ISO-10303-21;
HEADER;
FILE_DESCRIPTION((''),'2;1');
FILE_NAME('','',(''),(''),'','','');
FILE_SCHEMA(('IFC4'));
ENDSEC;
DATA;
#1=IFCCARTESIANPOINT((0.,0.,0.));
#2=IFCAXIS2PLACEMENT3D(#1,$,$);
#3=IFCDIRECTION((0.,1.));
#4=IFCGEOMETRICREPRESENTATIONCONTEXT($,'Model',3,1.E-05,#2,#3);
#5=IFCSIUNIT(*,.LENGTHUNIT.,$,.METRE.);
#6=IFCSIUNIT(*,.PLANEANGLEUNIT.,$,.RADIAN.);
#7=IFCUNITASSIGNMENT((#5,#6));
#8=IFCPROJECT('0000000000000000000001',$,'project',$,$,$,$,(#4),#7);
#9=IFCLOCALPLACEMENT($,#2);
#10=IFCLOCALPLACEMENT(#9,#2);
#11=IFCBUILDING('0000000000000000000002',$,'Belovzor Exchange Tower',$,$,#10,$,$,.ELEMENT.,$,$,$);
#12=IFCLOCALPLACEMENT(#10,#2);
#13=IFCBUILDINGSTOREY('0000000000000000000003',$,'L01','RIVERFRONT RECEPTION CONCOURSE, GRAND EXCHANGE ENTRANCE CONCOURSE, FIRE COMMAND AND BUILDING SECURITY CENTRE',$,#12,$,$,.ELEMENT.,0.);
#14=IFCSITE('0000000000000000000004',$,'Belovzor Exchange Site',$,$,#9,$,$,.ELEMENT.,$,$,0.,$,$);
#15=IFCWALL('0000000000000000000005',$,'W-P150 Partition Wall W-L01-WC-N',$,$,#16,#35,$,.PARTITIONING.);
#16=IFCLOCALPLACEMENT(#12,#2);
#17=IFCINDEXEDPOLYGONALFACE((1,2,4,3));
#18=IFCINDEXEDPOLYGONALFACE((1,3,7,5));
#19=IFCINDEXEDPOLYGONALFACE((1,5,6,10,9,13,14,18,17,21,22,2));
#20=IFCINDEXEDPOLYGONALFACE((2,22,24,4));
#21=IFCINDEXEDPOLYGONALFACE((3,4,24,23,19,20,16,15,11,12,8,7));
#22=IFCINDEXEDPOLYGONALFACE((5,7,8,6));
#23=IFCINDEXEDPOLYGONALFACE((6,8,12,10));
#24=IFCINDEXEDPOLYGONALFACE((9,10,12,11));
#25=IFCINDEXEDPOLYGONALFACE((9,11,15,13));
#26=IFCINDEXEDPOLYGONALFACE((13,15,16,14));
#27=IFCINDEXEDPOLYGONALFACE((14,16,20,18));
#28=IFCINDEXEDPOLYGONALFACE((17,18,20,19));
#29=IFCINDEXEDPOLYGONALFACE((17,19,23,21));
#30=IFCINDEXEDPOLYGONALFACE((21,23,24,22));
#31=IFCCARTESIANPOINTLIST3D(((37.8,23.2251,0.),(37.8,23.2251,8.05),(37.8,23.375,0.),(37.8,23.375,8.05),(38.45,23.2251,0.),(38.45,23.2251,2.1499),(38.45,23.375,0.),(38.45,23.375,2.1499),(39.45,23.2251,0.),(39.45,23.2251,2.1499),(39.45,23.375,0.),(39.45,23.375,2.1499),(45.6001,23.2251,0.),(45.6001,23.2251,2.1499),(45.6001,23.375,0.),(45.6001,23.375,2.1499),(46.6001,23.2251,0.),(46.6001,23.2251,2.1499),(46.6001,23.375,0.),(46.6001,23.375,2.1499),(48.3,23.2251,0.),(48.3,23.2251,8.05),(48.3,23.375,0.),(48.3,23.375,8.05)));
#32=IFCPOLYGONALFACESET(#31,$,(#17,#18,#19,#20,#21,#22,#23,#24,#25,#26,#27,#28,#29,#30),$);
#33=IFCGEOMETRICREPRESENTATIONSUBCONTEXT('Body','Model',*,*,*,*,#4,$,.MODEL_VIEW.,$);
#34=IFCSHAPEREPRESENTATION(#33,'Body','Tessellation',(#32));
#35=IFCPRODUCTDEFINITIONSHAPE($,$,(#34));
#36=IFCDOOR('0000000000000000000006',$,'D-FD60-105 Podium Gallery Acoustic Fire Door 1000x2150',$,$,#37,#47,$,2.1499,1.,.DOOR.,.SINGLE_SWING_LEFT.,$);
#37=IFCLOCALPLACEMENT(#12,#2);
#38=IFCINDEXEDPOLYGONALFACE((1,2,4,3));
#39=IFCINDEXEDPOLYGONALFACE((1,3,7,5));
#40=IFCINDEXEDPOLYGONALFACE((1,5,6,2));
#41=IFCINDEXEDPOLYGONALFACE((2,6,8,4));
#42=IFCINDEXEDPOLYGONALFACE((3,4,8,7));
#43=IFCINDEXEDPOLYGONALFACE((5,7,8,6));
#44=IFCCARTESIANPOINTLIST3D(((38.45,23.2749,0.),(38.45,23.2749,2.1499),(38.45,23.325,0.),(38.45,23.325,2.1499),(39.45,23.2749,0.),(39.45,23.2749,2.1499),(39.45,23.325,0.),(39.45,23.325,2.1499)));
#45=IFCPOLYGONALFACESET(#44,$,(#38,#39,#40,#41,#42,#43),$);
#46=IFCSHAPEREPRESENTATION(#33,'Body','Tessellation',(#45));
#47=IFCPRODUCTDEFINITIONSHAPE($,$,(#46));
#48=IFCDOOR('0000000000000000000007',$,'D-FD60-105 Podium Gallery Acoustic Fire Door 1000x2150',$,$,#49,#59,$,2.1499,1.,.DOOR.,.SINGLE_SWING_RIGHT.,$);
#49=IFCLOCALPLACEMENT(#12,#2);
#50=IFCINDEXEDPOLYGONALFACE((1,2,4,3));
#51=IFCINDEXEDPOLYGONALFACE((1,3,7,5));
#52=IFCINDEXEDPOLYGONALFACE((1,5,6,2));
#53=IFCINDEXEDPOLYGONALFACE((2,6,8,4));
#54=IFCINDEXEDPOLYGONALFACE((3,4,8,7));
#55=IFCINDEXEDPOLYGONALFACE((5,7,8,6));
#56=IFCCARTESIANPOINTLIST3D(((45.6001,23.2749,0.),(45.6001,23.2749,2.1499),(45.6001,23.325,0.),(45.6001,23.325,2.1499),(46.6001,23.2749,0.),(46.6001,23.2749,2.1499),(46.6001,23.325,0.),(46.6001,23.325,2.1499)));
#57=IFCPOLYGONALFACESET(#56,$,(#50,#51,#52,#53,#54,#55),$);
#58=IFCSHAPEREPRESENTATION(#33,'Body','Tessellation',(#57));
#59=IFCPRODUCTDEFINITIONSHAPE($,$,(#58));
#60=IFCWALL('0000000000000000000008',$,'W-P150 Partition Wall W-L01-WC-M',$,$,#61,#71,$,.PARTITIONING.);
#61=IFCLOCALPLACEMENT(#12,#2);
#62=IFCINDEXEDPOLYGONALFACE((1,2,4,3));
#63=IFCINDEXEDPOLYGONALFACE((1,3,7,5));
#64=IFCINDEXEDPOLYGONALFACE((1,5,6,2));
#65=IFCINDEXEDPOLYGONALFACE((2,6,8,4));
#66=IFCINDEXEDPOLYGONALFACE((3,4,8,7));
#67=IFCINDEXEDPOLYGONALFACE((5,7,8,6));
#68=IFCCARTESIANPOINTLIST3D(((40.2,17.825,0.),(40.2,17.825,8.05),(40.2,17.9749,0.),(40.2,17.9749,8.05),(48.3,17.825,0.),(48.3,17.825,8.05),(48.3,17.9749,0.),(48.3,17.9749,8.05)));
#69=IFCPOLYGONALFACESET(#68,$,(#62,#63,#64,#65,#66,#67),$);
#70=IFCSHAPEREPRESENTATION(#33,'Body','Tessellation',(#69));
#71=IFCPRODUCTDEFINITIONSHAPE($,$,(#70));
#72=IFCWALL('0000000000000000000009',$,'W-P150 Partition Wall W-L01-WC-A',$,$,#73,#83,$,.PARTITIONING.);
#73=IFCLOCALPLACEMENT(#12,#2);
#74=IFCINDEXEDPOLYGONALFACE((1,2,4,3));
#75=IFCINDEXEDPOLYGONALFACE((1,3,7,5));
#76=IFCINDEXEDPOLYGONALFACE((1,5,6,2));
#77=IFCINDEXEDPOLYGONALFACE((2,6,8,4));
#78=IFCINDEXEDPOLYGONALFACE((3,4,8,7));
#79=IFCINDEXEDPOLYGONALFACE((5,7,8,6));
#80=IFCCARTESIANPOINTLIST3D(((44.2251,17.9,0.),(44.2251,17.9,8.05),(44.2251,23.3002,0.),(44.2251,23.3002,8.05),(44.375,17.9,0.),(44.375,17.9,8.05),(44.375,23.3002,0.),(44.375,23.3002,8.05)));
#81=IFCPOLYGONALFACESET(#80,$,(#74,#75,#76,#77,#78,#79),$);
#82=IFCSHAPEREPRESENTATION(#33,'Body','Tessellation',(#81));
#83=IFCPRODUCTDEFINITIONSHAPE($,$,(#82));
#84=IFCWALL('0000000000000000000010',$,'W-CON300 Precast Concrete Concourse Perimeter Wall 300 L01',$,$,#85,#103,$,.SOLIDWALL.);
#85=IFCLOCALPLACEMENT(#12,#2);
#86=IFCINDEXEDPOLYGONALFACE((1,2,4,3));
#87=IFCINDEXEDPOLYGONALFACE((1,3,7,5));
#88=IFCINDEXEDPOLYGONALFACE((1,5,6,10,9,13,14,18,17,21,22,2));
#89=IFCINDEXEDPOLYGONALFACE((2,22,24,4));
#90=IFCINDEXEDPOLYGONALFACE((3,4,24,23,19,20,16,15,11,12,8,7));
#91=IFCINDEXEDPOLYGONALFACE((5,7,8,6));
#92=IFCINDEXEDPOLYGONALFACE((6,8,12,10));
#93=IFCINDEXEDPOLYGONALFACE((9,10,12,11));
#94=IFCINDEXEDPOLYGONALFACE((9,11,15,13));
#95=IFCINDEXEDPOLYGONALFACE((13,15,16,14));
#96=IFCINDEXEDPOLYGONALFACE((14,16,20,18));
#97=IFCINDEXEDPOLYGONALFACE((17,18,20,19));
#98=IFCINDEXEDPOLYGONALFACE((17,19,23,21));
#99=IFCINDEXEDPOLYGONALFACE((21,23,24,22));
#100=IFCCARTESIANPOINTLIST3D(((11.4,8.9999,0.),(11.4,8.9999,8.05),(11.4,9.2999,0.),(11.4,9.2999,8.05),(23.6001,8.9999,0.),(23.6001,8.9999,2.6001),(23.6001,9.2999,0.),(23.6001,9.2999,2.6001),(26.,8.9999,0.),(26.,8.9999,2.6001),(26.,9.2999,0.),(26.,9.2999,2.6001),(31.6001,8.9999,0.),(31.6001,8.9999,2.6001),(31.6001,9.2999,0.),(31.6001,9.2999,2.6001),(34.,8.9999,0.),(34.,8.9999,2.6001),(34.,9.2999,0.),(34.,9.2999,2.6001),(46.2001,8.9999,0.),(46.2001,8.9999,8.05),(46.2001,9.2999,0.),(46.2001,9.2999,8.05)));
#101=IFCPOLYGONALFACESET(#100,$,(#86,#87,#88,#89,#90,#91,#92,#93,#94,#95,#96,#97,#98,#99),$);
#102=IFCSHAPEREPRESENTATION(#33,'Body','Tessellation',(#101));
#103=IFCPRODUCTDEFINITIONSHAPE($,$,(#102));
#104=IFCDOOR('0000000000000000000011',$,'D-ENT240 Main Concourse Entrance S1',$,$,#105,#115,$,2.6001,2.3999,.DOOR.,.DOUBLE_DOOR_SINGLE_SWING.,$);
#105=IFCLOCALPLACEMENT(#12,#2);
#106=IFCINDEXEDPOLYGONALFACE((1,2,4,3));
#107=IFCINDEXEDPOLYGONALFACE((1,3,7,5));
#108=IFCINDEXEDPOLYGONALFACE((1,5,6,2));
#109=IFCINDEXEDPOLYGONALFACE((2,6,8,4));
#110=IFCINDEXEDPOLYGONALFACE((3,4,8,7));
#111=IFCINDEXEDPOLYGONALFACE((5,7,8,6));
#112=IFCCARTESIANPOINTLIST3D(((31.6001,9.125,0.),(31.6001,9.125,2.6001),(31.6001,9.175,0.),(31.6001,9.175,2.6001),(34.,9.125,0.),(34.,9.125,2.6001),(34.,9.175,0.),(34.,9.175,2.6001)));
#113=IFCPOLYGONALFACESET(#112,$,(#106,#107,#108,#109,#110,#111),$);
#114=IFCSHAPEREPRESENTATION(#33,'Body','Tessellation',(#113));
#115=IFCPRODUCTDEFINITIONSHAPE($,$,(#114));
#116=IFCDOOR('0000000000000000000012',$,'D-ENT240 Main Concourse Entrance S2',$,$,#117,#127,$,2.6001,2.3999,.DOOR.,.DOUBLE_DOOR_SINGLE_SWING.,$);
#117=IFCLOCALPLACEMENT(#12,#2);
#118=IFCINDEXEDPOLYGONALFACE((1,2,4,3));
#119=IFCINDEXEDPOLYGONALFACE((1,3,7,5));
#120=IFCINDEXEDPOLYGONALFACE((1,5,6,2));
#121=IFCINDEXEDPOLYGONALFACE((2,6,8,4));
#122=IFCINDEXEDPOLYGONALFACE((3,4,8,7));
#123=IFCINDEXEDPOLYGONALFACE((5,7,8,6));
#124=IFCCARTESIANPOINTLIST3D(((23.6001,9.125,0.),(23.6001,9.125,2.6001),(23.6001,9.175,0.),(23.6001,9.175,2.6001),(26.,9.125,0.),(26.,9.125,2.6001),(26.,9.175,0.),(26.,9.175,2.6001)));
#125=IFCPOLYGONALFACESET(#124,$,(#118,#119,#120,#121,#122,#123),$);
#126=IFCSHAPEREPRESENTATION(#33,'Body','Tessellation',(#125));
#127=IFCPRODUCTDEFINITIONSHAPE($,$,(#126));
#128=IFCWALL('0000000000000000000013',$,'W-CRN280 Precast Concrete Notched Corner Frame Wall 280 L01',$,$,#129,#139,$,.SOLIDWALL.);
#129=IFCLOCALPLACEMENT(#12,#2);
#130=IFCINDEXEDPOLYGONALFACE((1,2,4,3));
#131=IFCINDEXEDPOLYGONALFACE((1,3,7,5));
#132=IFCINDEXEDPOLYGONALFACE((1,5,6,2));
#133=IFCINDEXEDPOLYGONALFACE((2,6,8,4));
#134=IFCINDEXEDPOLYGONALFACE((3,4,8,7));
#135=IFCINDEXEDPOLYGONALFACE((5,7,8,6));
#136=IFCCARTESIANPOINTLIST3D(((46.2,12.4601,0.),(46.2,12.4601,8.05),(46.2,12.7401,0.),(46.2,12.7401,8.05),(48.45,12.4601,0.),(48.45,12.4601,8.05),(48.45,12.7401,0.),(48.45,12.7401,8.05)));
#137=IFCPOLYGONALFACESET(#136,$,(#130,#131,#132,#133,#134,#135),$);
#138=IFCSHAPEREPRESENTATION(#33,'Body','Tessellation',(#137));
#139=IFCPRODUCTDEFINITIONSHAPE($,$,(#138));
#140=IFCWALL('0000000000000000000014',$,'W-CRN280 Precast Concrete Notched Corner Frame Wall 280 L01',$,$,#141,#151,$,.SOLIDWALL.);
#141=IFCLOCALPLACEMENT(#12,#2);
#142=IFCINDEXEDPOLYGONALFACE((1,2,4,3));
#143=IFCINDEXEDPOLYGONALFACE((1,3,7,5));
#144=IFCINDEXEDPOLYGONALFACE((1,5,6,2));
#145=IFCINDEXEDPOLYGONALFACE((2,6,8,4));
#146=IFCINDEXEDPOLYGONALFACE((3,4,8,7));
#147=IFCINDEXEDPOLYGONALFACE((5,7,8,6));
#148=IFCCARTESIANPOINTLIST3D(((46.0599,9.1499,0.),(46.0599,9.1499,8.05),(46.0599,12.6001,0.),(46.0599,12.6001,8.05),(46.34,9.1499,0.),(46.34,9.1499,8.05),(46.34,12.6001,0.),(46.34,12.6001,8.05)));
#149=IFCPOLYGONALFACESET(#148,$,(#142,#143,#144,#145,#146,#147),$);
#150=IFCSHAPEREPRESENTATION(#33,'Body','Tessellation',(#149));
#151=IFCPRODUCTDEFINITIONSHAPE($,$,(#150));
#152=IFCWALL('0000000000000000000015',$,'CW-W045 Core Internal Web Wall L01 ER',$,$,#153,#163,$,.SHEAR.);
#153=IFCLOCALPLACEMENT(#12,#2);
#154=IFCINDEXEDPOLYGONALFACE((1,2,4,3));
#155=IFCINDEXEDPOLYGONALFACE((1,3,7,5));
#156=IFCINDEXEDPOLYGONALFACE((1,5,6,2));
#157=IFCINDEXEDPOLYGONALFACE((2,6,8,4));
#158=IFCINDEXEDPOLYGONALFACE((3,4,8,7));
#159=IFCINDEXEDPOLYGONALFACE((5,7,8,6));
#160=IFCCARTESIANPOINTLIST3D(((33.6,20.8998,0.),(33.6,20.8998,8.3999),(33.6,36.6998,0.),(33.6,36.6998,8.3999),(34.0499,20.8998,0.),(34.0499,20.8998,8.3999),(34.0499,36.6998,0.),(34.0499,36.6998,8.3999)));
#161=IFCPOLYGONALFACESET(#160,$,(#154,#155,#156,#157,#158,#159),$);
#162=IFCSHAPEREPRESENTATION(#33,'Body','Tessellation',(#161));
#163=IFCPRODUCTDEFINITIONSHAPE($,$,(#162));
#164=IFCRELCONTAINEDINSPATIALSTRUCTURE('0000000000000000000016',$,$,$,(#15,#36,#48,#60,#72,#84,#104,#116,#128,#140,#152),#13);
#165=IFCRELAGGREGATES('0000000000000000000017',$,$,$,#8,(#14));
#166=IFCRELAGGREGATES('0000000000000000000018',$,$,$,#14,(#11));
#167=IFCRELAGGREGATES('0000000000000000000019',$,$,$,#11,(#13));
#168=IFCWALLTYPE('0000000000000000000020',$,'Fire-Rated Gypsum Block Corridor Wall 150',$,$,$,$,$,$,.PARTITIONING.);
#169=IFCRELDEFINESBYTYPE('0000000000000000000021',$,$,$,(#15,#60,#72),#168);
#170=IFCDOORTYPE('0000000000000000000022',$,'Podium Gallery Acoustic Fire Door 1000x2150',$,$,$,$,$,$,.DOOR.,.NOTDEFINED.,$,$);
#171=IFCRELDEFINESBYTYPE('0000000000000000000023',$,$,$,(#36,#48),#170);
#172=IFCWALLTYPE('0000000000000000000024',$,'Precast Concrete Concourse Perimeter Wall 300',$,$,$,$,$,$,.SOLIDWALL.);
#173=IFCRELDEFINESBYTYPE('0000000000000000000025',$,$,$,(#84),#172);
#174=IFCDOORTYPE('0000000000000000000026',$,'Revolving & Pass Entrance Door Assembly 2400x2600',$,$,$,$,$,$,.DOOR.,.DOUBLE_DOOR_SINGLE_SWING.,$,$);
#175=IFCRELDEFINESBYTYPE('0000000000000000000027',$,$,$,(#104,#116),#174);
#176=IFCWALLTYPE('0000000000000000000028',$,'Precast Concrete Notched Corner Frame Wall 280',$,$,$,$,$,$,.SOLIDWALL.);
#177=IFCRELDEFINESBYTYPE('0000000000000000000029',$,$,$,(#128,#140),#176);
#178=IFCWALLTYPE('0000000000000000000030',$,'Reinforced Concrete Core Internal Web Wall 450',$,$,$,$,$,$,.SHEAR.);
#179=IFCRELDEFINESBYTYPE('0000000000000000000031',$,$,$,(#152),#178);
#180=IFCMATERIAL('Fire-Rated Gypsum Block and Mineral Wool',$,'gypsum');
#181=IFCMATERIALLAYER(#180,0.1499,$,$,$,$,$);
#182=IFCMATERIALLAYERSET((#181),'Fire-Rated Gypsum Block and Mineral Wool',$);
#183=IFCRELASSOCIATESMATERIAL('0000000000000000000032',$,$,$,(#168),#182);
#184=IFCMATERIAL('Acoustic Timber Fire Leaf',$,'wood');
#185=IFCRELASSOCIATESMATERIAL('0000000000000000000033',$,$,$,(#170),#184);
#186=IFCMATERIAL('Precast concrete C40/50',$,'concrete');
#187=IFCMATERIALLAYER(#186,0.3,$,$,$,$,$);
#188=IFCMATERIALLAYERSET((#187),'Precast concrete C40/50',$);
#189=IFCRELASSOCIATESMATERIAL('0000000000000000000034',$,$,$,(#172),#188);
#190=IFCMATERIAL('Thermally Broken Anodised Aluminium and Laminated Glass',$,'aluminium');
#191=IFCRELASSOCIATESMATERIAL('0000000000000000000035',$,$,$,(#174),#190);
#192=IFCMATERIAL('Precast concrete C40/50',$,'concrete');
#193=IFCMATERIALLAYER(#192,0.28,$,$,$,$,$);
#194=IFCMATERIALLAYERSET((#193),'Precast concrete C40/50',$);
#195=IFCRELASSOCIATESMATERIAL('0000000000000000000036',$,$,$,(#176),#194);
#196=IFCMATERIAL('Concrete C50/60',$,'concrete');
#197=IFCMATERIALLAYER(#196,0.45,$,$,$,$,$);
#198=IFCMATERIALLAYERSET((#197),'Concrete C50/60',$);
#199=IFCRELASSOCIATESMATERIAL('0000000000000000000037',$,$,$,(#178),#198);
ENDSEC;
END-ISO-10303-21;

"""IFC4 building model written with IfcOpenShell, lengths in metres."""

from ifc_helpers import new_model, si_unit, direction, frame, frame_2d, origin, place, context, subcontext, project, spatial, rectangle, extrude, material, layer, layer_set, type_object, element, fill, save


model = new_model("IFC4")

# Units and contexts
model_context = context("Model", 3, precision=1e-05, world=origin(), true_north=direction((0.0, 1.0)))
body_context = subcontext(model_context, "Body", "Model", "MODEL_VIEW")
ifc_project = project(units=[si_unit("LENGTHUNIT", "METRE"), si_unit("PLANEANGLEUNIT", "RADIAN")], contexts=[model_context])

# Site, building, storey
site_placement = place(None, origin())
site = spatial("IfcSite", under=ifc_project, at=site_placement, Name="Belovzor Exchange Site", CompositionType="ELEMENT", RefElevation=0.0)
building_placement = place(site_placement, origin())
building = spatial("IfcBuilding", under=site, at=building_placement, Name="Belovzor Exchange Tower", CompositionType="ELEMENT")
storey_placement = place(building_placement, origin())
storey = spatial("IfcBuildingStorey", under=building, at=storey_placement, Name="L01", Description="RIVERFRONT RECEPTION CONCOURSE, GRAND EXCHANGE ENTRANCE CONCOURSE, FIRE COMMAND AND BUILDING SECURITY CENTRE", CompositionType="ELEMENT", Elevation=0.0)

# Wall, openings, doors
ifc_material_1 = material(Name="Fire-Rated Gypsum Block and Mineral Wool", Category="gypsum")
ifc_layer_1 = layer(ifc_material_1, 0.1499)
ifc_layer_set_1 = layer_set([ifc_layer_1], Name="Fire-Rated Gypsum Block and Mineral Wool")
wall_type_1 = type_object("IfcWallType", Name="Fire-Rated Gypsum Block Corridor Wall 150", PredefinedType="PARTITIONING", material=ifc_layer_set_1)
wall_1_placement = place(storey_placement, frame((37.8, 23.3, 0.0), z_axis=(0.0, 0.0, 1.0), x_axis=(1.0, 0.0, 0.0)))
wall_1 = element("IfcWall", 1, at=wall_1_placement, inside=storey, type_object=wall_type_1, Name="W-P150 Partition Wall W-L01-WC-N", PredefinedType="PARTITIONING", context=body_context, shape_type="SweptSolid", body=[
    extrude(rectangle(XDim=10.5, YDim=0.1499, at=frame_2d((5.25, 0.0))), origin(), (0.0, 0.0, 1.0), 8.05),
])
opening_1_placement = place(wall_1_placement, frame((0.6499, 0.0, 0.0)))
opening_1 = element("IfcOpeningElement", 2, at=opening_1_placement, cuts=wall_1, PredefinedType="OPENING", context=body_context, shape_type="SweptSolid", body=[
    extrude(rectangle(XDim=1.0, YDim=2.1499, at=frame_2d((0.5, 1.075))), frame((0.0, 0.085, 0.0), z_axis=(0.0, -1.0, 0.0), x_axis=(1.0, 0.0, 0.0)), (0.0, 0.0, 1.0), 0.1699),
])
opening_2_placement = place(wall_1_placement, frame((7.8, 0.0, 0.0)))
opening_2 = element("IfcOpeningElement", 3, at=opening_2_placement, cuts=wall_1, PredefinedType="OPENING", context=body_context, shape_type="SweptSolid", body=[
    extrude(rectangle(XDim=1.0, YDim=2.1499, at=frame_2d((0.5, 1.075))), frame((0.0, 0.085, 0.0), z_axis=(0.0, -1.0, 0.0), x_axis=(1.0, 0.0, 0.0)), (0.0, 0.0, 1.0), 0.1699),
])
ifc_material_2 = material(Name="Acoustic Timber Fire Leaf", Category="wood")
door_type_1 = type_object("IfcDoorType", Name="Podium Gallery Acoustic Fire Door 1000x2150", OperationType="NOTDEFINED", PredefinedType="DOOR", material=ifc_material_2)
door_1_placement = place(opening_1_placement, origin())
door_1 = element("IfcDoor", 4, at=door_1_placement, inside=storey, type_object=door_type_1, Name="D-FD60-105 Podium Gallery Acoustic Fire Door 1000x2150", OperationType="SINGLE_SWING_LEFT", OverallHeight=2.1499, OverallWidth=1.0, PredefinedType="DOOR", context=body_context, shape_type="SweptSolid", body=[
    extrude(rectangle(XDim=1.0, YDim=2.1499, at=frame_2d((0.5, 1.075))), frame((0.0, 0.0249, 0.0), z_axis=(0.0, -1.0, 0.0), x_axis=(1.0, 0.0, 0.0)), (0.0, 0.0, 1.0), 0.05),
])
fill(opening_1, door_1)
door_2_placement = place(opening_2_placement, origin())
door_2 = element("IfcDoor", 5, at=door_2_placement, inside=storey, type_object=door_type_1, Name="D-FD60-105 Podium Gallery Acoustic Fire Door 1000x2150", OperationType="SINGLE_SWING_RIGHT", OverallHeight=2.1499, OverallWidth=1.0, PredefinedType="DOOR", context=body_context, shape_type="SweptSolid", body=[
    extrude(rectangle(XDim=1.0, YDim=2.1499, at=frame_2d((0.5, 1.075))), frame((0.0, 0.0249, 0.0), z_axis=(0.0, -1.0, 0.0), x_axis=(1.0, 0.0, 0.0)), (0.0, 0.0, 1.0), 0.05),
])
fill(opening_2, door_2)

# Walls
wall_2_placement = place(storey_placement, frame((40.2, 17.8999, 0.0), z_axis=(0.0, 0.0, 1.0), x_axis=(1.0, 0.0, 0.0)))
element("IfcWall", 6, at=wall_2_placement, inside=storey, type_object=wall_type_1, Name="W-P150 Partition Wall W-L01-WC-M", PredefinedType="PARTITIONING", context=body_context, shape_type="SweptSolid", body=[
    extrude(rectangle(XDim=8.1001, YDim=0.1499, at=frame_2d((4.05, 0.0))), origin(), (0.0, 0.0, 1.0), 8.05),
])
wall_3_placement = place(storey_placement, frame((44.3, 17.8999, 0.0), z_axis=(0.0, 0.0, 1.0), x_axis=(0.0, 1.0, 0.0)))
element("IfcWall", 7, at=wall_3_placement, inside=storey, type_object=wall_type_1, Name="W-P150 Partition Wall W-L01-WC-A", PredefinedType="PARTITIONING", context=body_context, shape_type="SweptSolid", body=[
    extrude(rectangle(XDim=5.4001, YDim=0.1499, at=frame_2d((2.7002, 0.0))), origin(), (0.0, 0.0, 1.0), 8.05),
])

# Wall, openings, doors
ifc_material_3 = material(Name="Precast concrete C40/50", Category="concrete")
ifc_layer_2 = layer(ifc_material_3, 0.3)
ifc_layer_set_2 = layer_set([ifc_layer_2], Name="Precast concrete C40/50")
wall_type_2 = type_object("IfcWallType", Name="Precast Concrete Concourse Perimeter Wall 300", PredefinedType="SOLIDWALL", material=ifc_layer_set_2)
wall_4_placement = place(storey_placement, frame((46.2, 9.1499, 0.0), z_axis=(0.0, 0.0, 1.0), x_axis=(-1.0, 0.0, 0.0)))
wall_4 = element("IfcWall", 8, at=wall_4_placement, inside=storey, type_object=wall_type_2, Name="W-CON300 Precast Concrete Concourse Perimeter Wall 300 L01", PredefinedType="SOLIDWALL", context=body_context, shape_type="SweptSolid", body=[
    extrude(rectangle(XDim=34.8, YDim=0.3, at=frame_2d((17.3999, 0.0))), origin(), (0.0, 0.0, 1.0), 8.05),
])
opening_3_placement = place(wall_4_placement, frame((12.2, 0.0, 0.0)))
opening_3 = element("IfcOpeningElement", 9, at=opening_3_placement, cuts=wall_4, PredefinedType="OPENING", context=body_context, shape_type="SweptSolid", body=[
    extrude(rectangle(XDim=2.3999, YDim=2.6001, at=frame_2d((1.2, 1.3))), frame((0.0, 0.1599, 0.0), z_axis=(0.0, -1.0, 0.0), x_axis=(1.0, 0.0, 0.0)), (0.0, 0.0, 1.0), 0.3201),
])
opening_4_placement = place(wall_4_placement, frame((20.2, 0.0, 0.0)))
opening_4 = element("IfcOpeningElement", 10, at=opening_4_placement, cuts=wall_4, PredefinedType="OPENING", context=body_context, shape_type="SweptSolid", body=[
    extrude(rectangle(XDim=2.3999, YDim=2.6001, at=frame_2d((1.2, 1.3))), frame((0.0, 0.1599, 0.0), z_axis=(0.0, -1.0, 0.0), x_axis=(1.0, 0.0, 0.0)), (0.0, 0.0, 1.0), 0.3201),
])
ifc_material_4 = material(Name="Thermally Broken Anodised Aluminium and Laminated Glass", Category="aluminium")
door_type_2 = type_object("IfcDoorType", Name="Revolving & Pass Entrance Door Assembly 2400x2600", OperationType="DOUBLE_DOOR_SINGLE_SWING", PredefinedType="DOOR", material=ifc_material_4)
door_3_placement = place(opening_3_placement, origin())
door_3 = element("IfcDoor", 11, at=door_3_placement, inside=storey, type_object=door_type_2, Name="D-ENT240 Main Concourse Entrance S1", OperationType="DOUBLE_DOOR_SINGLE_SWING", OverallHeight=2.6001, OverallWidth=2.3999, PredefinedType="DOOR", context=body_context, shape_type="SweptSolid", body=[
    extrude(rectangle(XDim=2.3999, YDim=2.6001, at=frame_2d((1.2, 1.3))), frame((0.0, 0.0249, 0.0), z_axis=(0.0, -1.0, 0.0), x_axis=(1.0, 0.0, 0.0)), (0.0, 0.0, 1.0), 0.05),
])
fill(opening_3, door_3)
door_4_placement = place(opening_4_placement, origin())
door_4 = element("IfcDoor", 12, at=door_4_placement, inside=storey, type_object=door_type_2, Name="D-ENT240 Main Concourse Entrance S2", OperationType="DOUBLE_DOOR_SINGLE_SWING", OverallHeight=2.6001, OverallWidth=2.3999, PredefinedType="DOOR", context=body_context, shape_type="SweptSolid", body=[
    extrude(rectangle(XDim=2.3999, YDim=2.6001, at=frame_2d((1.2, 1.3))), frame((0.0, 0.0249, 0.0), z_axis=(0.0, -1.0, 0.0), x_axis=(1.0, 0.0, 0.0)), (0.0, 0.0, 1.0), 0.05),
])
fill(opening_4, door_4)

# Walls
ifc_material_5 = material(Name="Precast concrete C40/50", Category="concrete")
ifc_layer_3 = layer(ifc_material_5, 0.28)
ifc_layer_set_3 = layer_set([ifc_layer_3], Name="Precast concrete C40/50")
wall_type_3 = type_object("IfcWallType", Name="Precast Concrete Notched Corner Frame Wall 280", PredefinedType="SOLIDWALL", material=ifc_layer_set_3)
wall_5_placement = place(storey_placement, frame((48.45, 12.6001, 0.0), z_axis=(0.0, 0.0, 1.0), x_axis=(-1.0, 0.0, 0.0)))
element("IfcWall", 13, at=wall_5_placement, inside=storey, type_object=wall_type_3, Name="W-CRN280 Precast Concrete Notched Corner Frame Wall 280 L01", PredefinedType="SOLIDWALL", context=body_context, shape_type="SweptSolid", body=[
    extrude(rectangle(XDim=2.25, YDim=0.28, at=frame_2d((1.125, 0.0))), origin(), (0.0, 0.0, 1.0), 8.05),
])
wall_6_placement = place(storey_placement, frame((46.2, 12.6001, 0.0), z_axis=(0.0, 0.0, 1.0), x_axis=(0.0, -1.0, 0.0)))
element("IfcWall", 14, at=wall_6_placement, inside=storey, type_object=wall_type_3, Name="W-CRN280 Precast Concrete Notched Corner Frame Wall 280 L01", PredefinedType="SOLIDWALL", context=body_context, shape_type="SweptSolid", body=[
    extrude(rectangle(XDim=3.4502, YDim=0.28, at=frame_2d((1.7251, 0.0))), origin(), (0.0, 0.0, 1.0), 8.05),
])
ifc_material_6 = material(Name="Concrete C50/60", Category="concrete")
ifc_layer_4 = layer(ifc_material_6, 0.45)
ifc_layer_set_4 = layer_set([ifc_layer_4], Name="Concrete C50/60")
wall_type_4 = type_object("IfcWallType", Name="Reinforced Concrete Core Internal Web Wall 450", PredefinedType="SHEAR", material=ifc_layer_set_4)
wall_7_placement = place(storey_placement, frame((33.825, 20.8999, 0.0), z_axis=(0.0, 0.0, 1.0), x_axis=(0.0, 1.0, 0.0)))
element("IfcWall", 15, at=wall_7_placement, inside=storey, type_object=wall_type_4, Name="CW-W045 Core Internal Web Wall L01 ER", PredefinedType="SHEAR", context=body_context, shape_type="SweptSolid", body=[
    extrude(rectangle(XDim=15.8, YDim=0.45, at=frame_2d((7.8999, 0.0))), origin(), (0.0, 0.0, 1.0), 8.3999),
])

save(model, "model.ifc")
